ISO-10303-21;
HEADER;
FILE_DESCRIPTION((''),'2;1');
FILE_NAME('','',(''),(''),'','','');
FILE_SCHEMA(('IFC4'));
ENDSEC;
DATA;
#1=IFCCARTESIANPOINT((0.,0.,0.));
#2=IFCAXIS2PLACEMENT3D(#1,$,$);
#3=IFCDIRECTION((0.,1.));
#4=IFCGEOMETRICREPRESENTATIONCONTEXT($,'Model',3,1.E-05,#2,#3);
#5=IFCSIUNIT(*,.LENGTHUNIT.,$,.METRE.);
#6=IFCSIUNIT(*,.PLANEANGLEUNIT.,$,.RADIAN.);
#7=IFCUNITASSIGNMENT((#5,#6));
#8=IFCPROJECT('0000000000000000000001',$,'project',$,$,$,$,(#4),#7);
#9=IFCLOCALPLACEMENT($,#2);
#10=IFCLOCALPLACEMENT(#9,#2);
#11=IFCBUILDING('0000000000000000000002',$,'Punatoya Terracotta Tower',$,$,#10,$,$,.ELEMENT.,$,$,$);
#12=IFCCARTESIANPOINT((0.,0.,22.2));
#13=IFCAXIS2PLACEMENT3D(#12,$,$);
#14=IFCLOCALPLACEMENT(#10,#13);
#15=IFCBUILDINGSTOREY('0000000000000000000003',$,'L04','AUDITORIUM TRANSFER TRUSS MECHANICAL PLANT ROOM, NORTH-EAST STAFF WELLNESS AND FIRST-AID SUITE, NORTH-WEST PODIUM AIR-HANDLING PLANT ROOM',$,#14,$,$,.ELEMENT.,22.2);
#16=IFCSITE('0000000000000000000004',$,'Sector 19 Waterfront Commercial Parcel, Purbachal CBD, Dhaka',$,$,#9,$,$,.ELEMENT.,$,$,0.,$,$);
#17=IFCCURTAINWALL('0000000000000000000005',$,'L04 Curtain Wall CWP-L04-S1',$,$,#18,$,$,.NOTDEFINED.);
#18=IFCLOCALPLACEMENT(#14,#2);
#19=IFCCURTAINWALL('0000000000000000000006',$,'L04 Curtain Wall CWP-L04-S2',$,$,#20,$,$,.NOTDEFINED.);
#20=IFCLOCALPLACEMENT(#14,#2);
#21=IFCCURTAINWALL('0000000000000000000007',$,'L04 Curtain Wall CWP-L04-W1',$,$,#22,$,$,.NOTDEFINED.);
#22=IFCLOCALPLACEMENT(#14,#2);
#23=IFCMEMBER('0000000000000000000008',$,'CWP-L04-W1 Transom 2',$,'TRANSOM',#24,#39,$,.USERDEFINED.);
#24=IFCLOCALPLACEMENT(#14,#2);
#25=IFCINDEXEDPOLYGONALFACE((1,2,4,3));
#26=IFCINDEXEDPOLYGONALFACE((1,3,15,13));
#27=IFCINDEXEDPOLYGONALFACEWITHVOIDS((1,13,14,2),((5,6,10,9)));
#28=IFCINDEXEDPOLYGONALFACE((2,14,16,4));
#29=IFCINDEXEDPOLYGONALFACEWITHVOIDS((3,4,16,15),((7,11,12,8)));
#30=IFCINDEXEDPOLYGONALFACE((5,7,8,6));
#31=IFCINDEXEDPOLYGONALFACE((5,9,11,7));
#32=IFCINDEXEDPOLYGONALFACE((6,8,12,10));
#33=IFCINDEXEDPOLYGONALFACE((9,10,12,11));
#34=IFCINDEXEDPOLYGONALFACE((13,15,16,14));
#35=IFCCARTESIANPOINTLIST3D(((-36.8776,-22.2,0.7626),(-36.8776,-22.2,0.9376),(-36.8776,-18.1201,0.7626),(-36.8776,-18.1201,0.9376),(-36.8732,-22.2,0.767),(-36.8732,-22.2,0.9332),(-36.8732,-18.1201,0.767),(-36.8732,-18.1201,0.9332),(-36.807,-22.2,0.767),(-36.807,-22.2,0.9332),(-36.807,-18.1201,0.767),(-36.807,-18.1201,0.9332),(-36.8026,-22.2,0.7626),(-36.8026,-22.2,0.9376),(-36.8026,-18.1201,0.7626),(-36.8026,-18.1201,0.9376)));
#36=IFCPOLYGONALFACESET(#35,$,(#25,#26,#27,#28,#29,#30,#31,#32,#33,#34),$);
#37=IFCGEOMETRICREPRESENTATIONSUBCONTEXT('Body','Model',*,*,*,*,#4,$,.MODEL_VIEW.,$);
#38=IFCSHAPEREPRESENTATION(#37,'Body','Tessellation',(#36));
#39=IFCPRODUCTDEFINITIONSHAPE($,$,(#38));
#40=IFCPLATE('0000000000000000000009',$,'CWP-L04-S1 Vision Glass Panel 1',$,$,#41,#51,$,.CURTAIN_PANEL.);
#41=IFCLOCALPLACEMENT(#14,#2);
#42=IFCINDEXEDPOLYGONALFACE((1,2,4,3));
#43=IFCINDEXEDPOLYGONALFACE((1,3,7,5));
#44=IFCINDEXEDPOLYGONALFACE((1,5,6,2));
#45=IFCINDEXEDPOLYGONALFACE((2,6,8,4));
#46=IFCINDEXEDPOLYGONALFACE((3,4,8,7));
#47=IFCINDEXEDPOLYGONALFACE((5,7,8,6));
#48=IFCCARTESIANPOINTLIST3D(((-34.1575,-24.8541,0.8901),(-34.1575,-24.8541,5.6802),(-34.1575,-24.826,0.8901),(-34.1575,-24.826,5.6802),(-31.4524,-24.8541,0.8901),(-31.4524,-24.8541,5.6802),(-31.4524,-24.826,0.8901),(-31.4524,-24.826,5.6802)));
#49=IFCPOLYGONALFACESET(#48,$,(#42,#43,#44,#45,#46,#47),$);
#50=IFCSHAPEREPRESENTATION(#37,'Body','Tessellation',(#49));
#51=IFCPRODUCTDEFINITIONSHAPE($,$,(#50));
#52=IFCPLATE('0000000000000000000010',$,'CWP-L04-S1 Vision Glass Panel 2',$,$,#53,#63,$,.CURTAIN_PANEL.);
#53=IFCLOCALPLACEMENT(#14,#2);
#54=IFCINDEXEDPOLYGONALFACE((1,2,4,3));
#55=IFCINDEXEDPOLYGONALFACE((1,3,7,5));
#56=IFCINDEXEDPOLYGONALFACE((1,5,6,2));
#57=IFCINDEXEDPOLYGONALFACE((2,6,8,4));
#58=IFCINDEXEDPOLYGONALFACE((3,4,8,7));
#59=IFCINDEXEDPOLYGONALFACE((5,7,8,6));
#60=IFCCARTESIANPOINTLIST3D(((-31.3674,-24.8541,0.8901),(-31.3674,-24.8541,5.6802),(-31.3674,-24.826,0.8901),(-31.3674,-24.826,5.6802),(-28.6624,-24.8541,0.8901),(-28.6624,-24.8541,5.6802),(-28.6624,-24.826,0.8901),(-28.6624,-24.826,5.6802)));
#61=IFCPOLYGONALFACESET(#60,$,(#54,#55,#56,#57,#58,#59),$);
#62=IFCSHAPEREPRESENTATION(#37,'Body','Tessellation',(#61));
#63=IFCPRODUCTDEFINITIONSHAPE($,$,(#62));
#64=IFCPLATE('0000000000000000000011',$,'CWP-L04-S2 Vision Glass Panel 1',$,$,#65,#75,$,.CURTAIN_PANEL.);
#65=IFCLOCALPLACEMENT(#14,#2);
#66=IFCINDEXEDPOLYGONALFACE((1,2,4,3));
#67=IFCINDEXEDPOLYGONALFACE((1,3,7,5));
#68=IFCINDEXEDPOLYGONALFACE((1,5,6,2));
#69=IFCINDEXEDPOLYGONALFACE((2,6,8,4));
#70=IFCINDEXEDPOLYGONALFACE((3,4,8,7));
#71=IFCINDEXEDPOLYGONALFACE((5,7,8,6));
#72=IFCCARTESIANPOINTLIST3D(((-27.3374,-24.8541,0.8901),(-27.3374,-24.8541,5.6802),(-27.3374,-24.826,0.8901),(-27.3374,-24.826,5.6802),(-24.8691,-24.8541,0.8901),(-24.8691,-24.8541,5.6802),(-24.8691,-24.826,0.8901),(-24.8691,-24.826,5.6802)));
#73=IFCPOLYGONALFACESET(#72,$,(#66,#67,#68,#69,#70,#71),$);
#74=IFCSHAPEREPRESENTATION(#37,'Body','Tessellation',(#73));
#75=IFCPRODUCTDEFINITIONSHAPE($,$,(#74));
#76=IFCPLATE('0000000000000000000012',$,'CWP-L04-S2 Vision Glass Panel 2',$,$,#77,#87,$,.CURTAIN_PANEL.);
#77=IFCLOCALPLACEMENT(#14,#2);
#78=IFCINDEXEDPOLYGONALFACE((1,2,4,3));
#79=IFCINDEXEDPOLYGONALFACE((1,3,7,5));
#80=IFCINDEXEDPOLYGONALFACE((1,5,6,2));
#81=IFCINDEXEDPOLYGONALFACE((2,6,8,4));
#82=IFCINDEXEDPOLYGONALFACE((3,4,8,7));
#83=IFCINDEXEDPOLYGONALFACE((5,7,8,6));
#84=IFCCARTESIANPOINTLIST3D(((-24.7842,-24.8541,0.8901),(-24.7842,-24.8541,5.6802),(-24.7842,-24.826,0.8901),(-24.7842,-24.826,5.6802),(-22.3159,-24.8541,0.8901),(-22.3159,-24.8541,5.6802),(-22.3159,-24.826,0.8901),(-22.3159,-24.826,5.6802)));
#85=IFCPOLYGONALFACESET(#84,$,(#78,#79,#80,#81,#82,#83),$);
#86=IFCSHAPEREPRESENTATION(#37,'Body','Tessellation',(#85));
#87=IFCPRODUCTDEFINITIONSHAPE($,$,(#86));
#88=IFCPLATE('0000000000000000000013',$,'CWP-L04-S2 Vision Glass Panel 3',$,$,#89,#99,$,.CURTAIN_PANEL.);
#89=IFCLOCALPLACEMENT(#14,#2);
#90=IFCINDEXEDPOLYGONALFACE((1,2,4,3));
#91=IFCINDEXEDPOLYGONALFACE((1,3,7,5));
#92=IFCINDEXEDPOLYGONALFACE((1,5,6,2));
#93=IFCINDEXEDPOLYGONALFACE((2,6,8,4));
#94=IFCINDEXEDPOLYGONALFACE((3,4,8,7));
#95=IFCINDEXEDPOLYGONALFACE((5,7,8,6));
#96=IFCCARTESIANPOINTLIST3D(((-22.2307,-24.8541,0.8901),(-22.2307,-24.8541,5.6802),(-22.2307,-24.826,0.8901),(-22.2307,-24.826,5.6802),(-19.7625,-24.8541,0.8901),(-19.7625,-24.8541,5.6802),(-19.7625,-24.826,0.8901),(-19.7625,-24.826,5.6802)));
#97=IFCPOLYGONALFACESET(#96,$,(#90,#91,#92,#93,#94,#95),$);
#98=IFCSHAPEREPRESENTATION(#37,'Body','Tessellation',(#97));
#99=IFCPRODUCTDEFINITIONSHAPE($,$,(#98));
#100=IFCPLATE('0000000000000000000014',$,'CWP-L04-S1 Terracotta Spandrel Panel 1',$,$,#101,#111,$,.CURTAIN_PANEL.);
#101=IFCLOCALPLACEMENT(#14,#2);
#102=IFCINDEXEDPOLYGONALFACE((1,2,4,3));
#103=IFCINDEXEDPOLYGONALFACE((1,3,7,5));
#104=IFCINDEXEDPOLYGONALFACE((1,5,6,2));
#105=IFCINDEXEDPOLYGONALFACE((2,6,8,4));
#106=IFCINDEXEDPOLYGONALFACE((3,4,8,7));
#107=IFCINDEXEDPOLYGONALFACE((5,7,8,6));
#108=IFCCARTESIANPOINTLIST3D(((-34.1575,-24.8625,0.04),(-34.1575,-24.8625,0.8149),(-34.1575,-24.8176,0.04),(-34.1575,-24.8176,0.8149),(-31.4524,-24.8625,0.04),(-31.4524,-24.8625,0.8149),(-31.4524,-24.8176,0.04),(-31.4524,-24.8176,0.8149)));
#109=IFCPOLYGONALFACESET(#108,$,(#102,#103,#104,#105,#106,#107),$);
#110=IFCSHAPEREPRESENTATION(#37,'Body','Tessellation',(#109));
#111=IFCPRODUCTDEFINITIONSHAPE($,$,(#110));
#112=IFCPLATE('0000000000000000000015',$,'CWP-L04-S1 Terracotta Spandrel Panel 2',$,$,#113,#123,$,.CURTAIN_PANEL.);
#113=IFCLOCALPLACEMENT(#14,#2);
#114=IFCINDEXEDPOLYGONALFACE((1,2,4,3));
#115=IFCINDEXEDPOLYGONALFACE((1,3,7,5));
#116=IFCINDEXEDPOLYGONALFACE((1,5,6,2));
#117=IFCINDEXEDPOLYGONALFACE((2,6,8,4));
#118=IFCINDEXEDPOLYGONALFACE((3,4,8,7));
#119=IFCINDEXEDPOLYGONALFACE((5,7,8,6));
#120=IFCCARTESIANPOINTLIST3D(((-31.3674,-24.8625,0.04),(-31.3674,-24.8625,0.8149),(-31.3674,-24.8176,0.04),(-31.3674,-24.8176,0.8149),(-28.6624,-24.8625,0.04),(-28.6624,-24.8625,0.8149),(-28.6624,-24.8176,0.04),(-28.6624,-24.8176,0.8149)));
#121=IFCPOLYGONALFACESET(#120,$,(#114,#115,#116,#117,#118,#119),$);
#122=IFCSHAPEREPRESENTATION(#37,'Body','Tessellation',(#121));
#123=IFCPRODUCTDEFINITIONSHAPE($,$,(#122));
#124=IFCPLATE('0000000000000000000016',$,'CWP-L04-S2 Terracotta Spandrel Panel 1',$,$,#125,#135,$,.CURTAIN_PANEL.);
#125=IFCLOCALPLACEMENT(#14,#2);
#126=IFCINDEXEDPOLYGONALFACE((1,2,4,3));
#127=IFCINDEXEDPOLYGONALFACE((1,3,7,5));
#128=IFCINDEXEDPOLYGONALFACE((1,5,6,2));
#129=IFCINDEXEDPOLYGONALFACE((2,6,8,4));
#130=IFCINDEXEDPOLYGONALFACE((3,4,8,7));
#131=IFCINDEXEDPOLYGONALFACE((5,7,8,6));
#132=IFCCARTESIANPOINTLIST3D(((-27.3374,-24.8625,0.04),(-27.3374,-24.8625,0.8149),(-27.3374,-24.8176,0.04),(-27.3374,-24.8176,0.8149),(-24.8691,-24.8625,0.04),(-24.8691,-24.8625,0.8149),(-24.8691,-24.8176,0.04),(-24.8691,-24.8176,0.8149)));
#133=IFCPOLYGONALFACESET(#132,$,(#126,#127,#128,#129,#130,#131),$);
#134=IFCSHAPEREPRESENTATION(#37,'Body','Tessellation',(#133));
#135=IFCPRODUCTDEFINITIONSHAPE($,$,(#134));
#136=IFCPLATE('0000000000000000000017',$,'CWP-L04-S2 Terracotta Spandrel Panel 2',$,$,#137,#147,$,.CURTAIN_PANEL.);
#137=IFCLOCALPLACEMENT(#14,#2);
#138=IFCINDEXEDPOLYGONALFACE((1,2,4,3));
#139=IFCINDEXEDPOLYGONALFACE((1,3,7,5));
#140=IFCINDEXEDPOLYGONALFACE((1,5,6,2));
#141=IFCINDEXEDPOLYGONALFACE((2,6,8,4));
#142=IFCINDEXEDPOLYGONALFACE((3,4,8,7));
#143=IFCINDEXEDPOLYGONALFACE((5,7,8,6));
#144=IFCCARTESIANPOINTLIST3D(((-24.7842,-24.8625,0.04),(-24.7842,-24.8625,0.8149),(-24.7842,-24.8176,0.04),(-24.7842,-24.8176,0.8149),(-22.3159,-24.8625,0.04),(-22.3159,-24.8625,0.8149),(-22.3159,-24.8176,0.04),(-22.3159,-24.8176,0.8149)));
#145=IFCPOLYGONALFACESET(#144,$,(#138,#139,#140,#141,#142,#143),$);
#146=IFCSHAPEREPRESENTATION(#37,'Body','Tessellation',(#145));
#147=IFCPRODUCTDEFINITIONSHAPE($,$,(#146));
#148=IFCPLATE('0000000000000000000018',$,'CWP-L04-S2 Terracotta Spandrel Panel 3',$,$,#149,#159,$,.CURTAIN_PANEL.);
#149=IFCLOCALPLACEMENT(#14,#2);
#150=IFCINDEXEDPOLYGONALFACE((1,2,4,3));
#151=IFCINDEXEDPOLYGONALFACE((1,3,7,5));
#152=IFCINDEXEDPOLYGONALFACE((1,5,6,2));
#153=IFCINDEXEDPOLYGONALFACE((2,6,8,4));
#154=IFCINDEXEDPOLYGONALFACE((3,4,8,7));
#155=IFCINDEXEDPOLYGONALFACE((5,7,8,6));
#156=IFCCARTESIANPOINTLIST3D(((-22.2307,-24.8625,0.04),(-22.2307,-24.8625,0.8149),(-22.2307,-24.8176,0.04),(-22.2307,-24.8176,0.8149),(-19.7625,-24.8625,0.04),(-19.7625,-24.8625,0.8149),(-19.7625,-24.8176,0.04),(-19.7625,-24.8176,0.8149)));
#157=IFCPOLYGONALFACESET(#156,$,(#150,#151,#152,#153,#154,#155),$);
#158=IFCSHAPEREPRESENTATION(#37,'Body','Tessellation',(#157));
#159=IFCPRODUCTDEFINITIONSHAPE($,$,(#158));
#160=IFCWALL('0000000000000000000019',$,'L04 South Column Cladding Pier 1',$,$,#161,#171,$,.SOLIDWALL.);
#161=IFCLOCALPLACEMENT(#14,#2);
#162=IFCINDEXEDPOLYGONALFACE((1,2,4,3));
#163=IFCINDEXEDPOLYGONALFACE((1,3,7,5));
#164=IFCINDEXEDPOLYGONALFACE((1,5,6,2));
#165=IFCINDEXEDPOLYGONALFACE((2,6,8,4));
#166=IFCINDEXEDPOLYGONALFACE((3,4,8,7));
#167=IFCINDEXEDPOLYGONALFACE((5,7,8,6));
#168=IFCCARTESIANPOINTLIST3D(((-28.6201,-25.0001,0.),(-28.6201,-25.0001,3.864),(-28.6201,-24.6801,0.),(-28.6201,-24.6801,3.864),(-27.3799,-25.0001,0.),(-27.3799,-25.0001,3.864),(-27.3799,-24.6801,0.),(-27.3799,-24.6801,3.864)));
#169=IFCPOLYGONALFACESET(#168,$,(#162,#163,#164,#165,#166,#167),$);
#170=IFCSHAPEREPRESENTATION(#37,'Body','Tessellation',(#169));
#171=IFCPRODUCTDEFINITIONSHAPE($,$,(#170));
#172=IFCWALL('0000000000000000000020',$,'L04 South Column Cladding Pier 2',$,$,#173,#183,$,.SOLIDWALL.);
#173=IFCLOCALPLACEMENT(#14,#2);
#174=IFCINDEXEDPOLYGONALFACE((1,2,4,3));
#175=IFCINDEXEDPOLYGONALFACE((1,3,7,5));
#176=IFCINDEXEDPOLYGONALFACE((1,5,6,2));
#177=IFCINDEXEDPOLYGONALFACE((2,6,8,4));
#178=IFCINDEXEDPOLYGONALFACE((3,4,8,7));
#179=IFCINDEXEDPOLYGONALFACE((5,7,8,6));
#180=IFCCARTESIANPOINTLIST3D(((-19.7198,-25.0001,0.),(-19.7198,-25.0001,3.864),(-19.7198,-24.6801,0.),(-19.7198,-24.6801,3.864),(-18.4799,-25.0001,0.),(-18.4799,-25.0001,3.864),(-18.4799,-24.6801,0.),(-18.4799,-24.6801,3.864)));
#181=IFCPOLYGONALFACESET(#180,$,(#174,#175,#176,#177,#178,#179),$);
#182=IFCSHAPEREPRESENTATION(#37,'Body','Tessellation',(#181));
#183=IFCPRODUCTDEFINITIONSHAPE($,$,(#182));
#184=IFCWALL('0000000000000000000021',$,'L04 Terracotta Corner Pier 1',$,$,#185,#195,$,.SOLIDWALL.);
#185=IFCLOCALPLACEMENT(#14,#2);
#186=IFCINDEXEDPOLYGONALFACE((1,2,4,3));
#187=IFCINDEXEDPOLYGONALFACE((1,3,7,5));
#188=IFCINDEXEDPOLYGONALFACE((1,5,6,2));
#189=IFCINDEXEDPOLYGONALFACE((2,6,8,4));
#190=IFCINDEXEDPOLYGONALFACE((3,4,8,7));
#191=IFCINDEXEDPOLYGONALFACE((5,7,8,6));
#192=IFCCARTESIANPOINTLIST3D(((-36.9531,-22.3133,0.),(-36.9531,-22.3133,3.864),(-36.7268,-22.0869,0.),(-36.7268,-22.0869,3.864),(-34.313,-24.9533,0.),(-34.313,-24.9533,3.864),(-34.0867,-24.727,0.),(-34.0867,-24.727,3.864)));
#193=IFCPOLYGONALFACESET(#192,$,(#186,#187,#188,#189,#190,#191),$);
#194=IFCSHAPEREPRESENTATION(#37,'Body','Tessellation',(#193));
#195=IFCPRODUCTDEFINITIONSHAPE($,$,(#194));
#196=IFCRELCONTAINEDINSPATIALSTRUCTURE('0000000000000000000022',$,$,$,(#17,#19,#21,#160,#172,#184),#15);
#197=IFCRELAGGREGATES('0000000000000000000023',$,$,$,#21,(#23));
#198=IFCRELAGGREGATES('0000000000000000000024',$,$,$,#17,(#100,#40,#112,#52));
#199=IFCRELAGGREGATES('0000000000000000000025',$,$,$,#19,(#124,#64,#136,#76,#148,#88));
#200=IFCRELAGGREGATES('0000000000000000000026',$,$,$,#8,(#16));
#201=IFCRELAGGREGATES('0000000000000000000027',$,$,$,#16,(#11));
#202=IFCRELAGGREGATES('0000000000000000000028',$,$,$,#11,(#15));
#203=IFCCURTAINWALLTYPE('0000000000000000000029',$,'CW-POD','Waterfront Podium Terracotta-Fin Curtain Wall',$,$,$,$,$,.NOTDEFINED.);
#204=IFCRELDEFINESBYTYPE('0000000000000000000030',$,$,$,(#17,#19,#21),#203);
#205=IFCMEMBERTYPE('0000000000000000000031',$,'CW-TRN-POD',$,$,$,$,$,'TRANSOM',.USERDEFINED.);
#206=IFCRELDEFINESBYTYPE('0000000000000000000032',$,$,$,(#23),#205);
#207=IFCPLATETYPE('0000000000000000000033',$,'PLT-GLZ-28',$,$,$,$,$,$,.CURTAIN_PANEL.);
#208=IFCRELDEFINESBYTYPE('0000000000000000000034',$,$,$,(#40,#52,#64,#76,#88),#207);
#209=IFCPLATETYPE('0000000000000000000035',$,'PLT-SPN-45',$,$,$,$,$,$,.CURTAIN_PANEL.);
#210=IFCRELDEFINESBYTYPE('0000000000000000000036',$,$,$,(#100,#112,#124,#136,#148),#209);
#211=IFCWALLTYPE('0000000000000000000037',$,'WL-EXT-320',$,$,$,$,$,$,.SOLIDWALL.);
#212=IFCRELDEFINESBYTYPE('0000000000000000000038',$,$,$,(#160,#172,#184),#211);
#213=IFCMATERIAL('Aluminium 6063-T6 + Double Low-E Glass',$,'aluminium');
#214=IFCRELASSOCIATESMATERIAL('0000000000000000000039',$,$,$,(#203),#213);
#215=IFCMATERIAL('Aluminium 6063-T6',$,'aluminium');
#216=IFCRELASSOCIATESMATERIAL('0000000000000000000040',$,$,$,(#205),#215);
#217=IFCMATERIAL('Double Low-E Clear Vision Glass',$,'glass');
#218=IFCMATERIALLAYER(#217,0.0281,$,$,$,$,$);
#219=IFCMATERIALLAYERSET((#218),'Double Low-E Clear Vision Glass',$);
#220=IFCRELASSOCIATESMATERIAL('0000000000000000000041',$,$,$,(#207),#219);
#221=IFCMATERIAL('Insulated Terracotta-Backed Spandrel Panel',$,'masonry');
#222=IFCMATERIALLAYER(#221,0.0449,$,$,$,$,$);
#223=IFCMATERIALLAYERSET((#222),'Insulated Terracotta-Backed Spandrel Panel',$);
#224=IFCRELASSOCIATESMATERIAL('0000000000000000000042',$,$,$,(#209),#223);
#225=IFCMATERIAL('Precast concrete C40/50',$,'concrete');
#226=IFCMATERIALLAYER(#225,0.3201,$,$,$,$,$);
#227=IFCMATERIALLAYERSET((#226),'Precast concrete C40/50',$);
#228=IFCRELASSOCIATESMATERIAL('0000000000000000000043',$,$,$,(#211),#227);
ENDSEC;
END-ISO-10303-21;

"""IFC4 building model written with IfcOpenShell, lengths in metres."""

from ifc_helpers import new_model, si_unit, direction, frame, frame_2d, origin, origin_2d, place, context, subcontext, project, spatial, rectangle, hollow_rectangle, extrude, material, layer, layer_set, material_profile, profile_set, type_object, element, aggregate, save


model = new_model("IFC4")

# Units and contexts
model_context = context("Model", 3, precision=1e-05, world=origin(), true_north=direction((0.0, 1.0)))
body_context = subcontext(model_context, "Body", "Model", "MODEL_VIEW")
ifc_project = project(units=[si_unit("LENGTHUNIT", "METRE"), si_unit("PLANEANGLEUNIT", "RADIAN")], contexts=[model_context])

# Site, building, storey
site_placement = place(None, origin())
site = spatial("IfcSite", under=ifc_project, at=site_placement, Name="Sector 19 Waterfront Commercial Parcel, Purbachal CBD, Dhaka", CompositionType="ELEMENT", RefElevation=0.0)
building_placement = place(site_placement, origin())
building = spatial("IfcBuilding", under=site, at=building_placement, Name="Punatoya Terracotta Tower", CompositionType="ELEMENT")
storey_placement = place(building_placement, frame((0.0, 0.0, 22.2)))
storey = spatial("IfcBuildingStorey", under=building, at=storey_placement, Name="L04", Description="AUDITORIUM TRANSFER TRUSS MECHANICAL PLANT ROOM, NORTH-EAST STAFF WELLNESS AND FIRST-AID SUITE, NORTH-WEST PODIUM AIR-HANDLING PLANT ROOM", CompositionType="ELEMENT", Elevation=22.2)

# Curtain walls
ifc_material_1 = material(Name="Aluminium 6063-T6 + Double Low-E Glass", Category="aluminium")
curtain_wall_type = type_object("IfcCurtainWallType", Name="CW-POD", Description="Waterfront Podium Terracotta-Fin Curtain Wall", PredefinedType="NOTDEFINED", material=ifc_material_1)
curtain_wall_1_placement = place(storey_placement, origin())
curtain_wall_1 = element("IfcCurtainWall", 1, at=curtain_wall_1_placement, inside=storey, type_object=curtain_wall_type, Name="L04 Curtain Wall CWP-L04-S1", PredefinedType="NOTDEFINED")
ifc_material_2 = material(Name="Aluminium 6063-T6", Category="aluminium")
curtain_wall_2_placement = place(storey_placement, origin())
curtain_wall_2 = element("IfcCurtainWall", 2, at=curtain_wall_2_placement, inside=storey, type_object=curtain_wall_type, Name="L04 Curtain Wall CWP-L04-S2", PredefinedType="NOTDEFINED")

# Shared definitions
ifc_material_profile_1 = material_profile(ifc_material_2, hollow_rectangle(XDim=0.075, YDim=0.175, WallThickness=0.0044, at=origin_2d()))
ifc_profile_set_1 = profile_set([ifc_material_profile_1], Name="Aluminium 6063-T6")
member_type_1 = type_object("IfcMemberType", Name="CW-TRN-POD", ElementType="TRANSOM", PredefinedType="USERDEFINED", material=ifc_profile_set_1)

# Curtain wall, member
curtain_wall_3_placement = place(storey_placement, origin())
curtain_wall_3 = element("IfcCurtainWall", 3, at=curtain_wall_3_placement, inside=storey, type_object=curtain_wall_type, Name="L04 Curtain Wall CWP-L04-W1", PredefinedType="NOTDEFINED")
member_1_placement = place(storey_placement, frame((-36.8401, -22.2, 0.8501), z_axis=(0.0, 1.0, 0.0), x_axis=(-1.0, 0.0, 0.0)))
member_1 = element("IfcMember", 4, at=member_1_placement, type_object=member_type_1, Name="CWP-L04-W1 Transom 2", ObjectType="TRANSOM", PredefinedType="USERDEFINED", context=body_context, shape_type="SweptSolid", body=[
    extrude(hollow_rectangle(XDim=0.075, YDim=0.175, WallThickness=0.0044, at=origin_2d()), origin(), (0.0, 0.0, 1.0), 4.0798),
])
aggregate(curtain_wall_3, [member_1])

# Plates
ifc_material_3 = material(Name="Double Low-E Clear Vision Glass", Category="glass")
ifc_layer_1 = layer(ifc_material_3, 0.0281)
ifc_layer_set_1 = layer_set([ifc_layer_1], Name="Double Low-E Clear Vision Glass")
plate_type_1 = type_object("IfcPlateType", Name="PLT-GLZ-28", PredefinedType="CURTAIN_PANEL", material=ifc_layer_set_1)
plate_1_placement = place(storey_placement, frame((-32.8049, -24.8401, 0.8901), z_axis=(0.0, 0.0, 1.0), x_axis=(1.0, 0.0, 0.0)))
plate_1 = element("IfcPlate", 5, at=plate_1_placement, type_object=plate_type_1, Name="CWP-L04-S1 Vision Glass Panel 1", PredefinedType="CURTAIN_PANEL", context=body_context, shape_type="SweptSolid", body=[
    extrude(rectangle(XDim=2.7051, YDim=0.0281, at=origin_2d()), origin(), (0.0, 0.0, 1.0), 4.79),
])
plate_2_placement = place(storey_placement, frame((-30.0149, -24.8401, 0.8901), z_axis=(0.0, 0.0, 1.0), x_axis=(1.0, 0.0, 0.0)))
plate_2 = element("IfcPlate", 6, at=plate_2_placement, type_object=plate_type_1, Name="CWP-L04-S1 Vision Glass Panel 2", PredefinedType="CURTAIN_PANEL", context=body_context, shape_type="SweptSolid", body=[
    extrude(rectangle(XDim=2.7051, YDim=0.0281, at=origin_2d()), origin(), (0.0, 0.0, 1.0), 4.79),
])
plate_3_placement = place(storey_placement, frame((-26.1033, -24.8401, 0.8901), z_axis=(0.0, 0.0, 1.0), x_axis=(1.0, 0.0, 0.0)))
plate_3 = element("IfcPlate", 7, at=plate_3_placement, type_object=plate_type_1, Name="CWP-L04-S2 Vision Glass Panel 1", PredefinedType="CURTAIN_PANEL", context=body_context, shape_type="SweptSolid", body=[
    extrude(rectangle(XDim=2.4683, YDim=0.0281, at=origin_2d()), origin(), (0.0, 0.0, 1.0), 4.79),
])
plate_4_placement = place(storey_placement, frame((-23.55, -24.8401, 0.8901), z_axis=(0.0, 0.0, 1.0), x_axis=(1.0, 0.0, 0.0)))
plate_4 = element("IfcPlate", 8, at=plate_4_placement, type_object=plate_type_1, Name="CWP-L04-S2 Vision Glass Panel 2", PredefinedType="CURTAIN_PANEL", context=body_context, shape_type="SweptSolid", body=[
    extrude(rectangle(XDim=2.4683, YDim=0.0281, at=origin_2d()), origin(), (0.0, 0.0, 1.0), 4.79),
])
plate_5_placement = place(storey_placement, frame((-20.9966, -24.8401, 0.8901), z_axis=(0.0, 0.0, 1.0), x_axis=(1.0, 0.0, 0.0)))
plate_5 = element("IfcPlate", 9, at=plate_5_placement, type_object=plate_type_1, Name="CWP-L04-S2 Vision Glass Panel 3", PredefinedType="CURTAIN_PANEL", context=body_context, shape_type="SweptSolid", body=[
    extrude(rectangle(XDim=2.4683, YDim=0.0281, at=origin_2d()), origin(), (0.0, 0.0, 1.0), 4.79),
])
ifc_material_4 = material(Name="Insulated Terracotta-Backed Spandrel Panel", Category="masonry")
ifc_layer_2 = layer(ifc_material_4, 0.0449)
ifc_layer_set_2 = layer_set([ifc_layer_2], Name="Insulated Terracotta-Backed Spandrel Panel")
plate_type_2 = type_object("IfcPlateType", Name="PLT-SPN-45", PredefinedType="CURTAIN_PANEL", material=ifc_layer_set_2)
plate_6_placement = place(storey_placement, frame((-32.8049, -24.8401, 0.04), z_axis=(0.0, 0.0, 1.0), x_axis=(1.0, 0.0, 0.0)))
plate_6 = element("IfcPlate", 10, at=plate_6_placement, type_object=plate_type_2, Name="CWP-L04-S1 Terracotta Spandrel Panel 1", PredefinedType="CURTAIN_PANEL", context=body_context, shape_type="SweptSolid", body=[
    extrude(rectangle(XDim=2.7051, YDim=0.0449, at=origin_2d()), origin(), (0.0, 0.0, 1.0), 0.7749),
])
plate_7_placement = place(storey_placement, frame((-30.0149, -24.8401, 0.04), z_axis=(0.0, 0.0, 1.0), x_axis=(1.0, 0.0, 0.0)))
plate_7 = element("IfcPlate", 11, at=plate_7_placement, type_object=plate_type_2, Name="CWP-L04-S1 Terracotta Spandrel Panel 2", PredefinedType="CURTAIN_PANEL", context=body_context, shape_type="SweptSolid", body=[
    extrude(rectangle(XDim=2.7051, YDim=0.0449, at=origin_2d()), origin(), (0.0, 0.0, 1.0), 0.7749),
])
aggregate(curtain_wall_1, [plate_6, plate_1, plate_7, plate_2])
plate_8_placement = place(storey_placement, frame((-26.1033, -24.8401, 0.04), z_axis=(0.0, 0.0, 1.0), x_axis=(1.0, 0.0, 0.0)))
plate_8 = element("IfcPlate", 12, at=plate_8_placement, type_object=plate_type_2, Name="CWP-L04-S2 Terracotta Spandrel Panel 1", PredefinedType="CURTAIN_PANEL", context=body_context, shape_type="SweptSolid", body=[
    extrude(rectangle(XDim=2.4683, YDim=0.0449, at=origin_2d()), origin(), (0.0, 0.0, 1.0), 0.7749),
])
plate_9_placement = place(storey_placement, frame((-23.55, -24.8401, 0.04), z_axis=(0.0, 0.0, 1.0), x_axis=(1.0, 0.0, 0.0)))
plate_9 = element("IfcPlate", 13, at=plate_9_placement, type_object=plate_type_2, Name="CWP-L04-S2 Terracotta Spandrel Panel 2", PredefinedType="CURTAIN_PANEL", context=body_context, shape_type="SweptSolid", body=[
    extrude(rectangle(XDim=2.4683, YDim=0.0449, at=origin_2d()), origin(), (0.0, 0.0, 1.0), 0.7749),
])
plate_10_placement = place(storey_placement, frame((-20.9966, -24.8401, 0.04), z_axis=(0.0, 0.0, 1.0), x_axis=(1.0, 0.0, 0.0)))
plate_10 = element("IfcPlate", 14, at=plate_10_placement, type_object=plate_type_2, Name="CWP-L04-S2 Terracotta Spandrel Panel 3", PredefinedType="CURTAIN_PANEL", context=body_context, shape_type="SweptSolid", body=[
    extrude(rectangle(XDim=2.4683, YDim=0.0449, at=origin_2d()), origin(), (0.0, 0.0, 1.0), 0.7749),
])
aggregate(curtain_wall_2, [plate_8, plate_3, plate_9, plate_4, plate_10, plate_5])

# Walls
ifc_material_5 = material(Name="Precast concrete C40/50", Category="concrete")
ifc_layer_3 = layer(ifc_material_5, 0.3201)
ifc_layer_set_3 = layer_set([ifc_layer_3], Name="Precast concrete C40/50")
wall_type = type_object("IfcWallType", Name="WL-EXT-320", PredefinedType="SOLIDWALL", material=ifc_layer_set_3)
wall_1_placement = place(storey_placement, frame((-28.6201, -24.8401, 0.0), z_axis=(0.0, 0.0, 1.0), x_axis=(1.0, 0.0, 0.0)))
element("IfcWall", 15, at=wall_1_placement, inside=storey, type_object=wall_type, Name="L04 South Column Cladding Pier 1", PredefinedType="SOLIDWALL", context=body_context, shape_type="SweptSolid", body=[
    extrude(rectangle(XDim=1.2402, YDim=0.3201, at=frame_2d((0.6201, 0.0))), origin(), (0.0, 0.0, 1.0), 3.864),
])
wall_2_placement = place(storey_placement, frame((-19.72, -24.8401, 0.0), z_axis=(0.0, 0.0, 1.0), x_axis=(1.0, 0.0, 0.0)))
element("IfcWall", 16, at=wall_2_placement, inside=storey, type_object=wall_type, Name="L04 South Column Cladding Pier 2", PredefinedType="SOLIDWALL", context=body_context, shape_type="SweptSolid", body=[
    extrude(rectangle(XDim=1.24, YDim=0.3201, at=frame_2d((0.6201, 0.0))), origin(), (0.0, 0.0, 1.0), 3.864),
])
wall_3_placement = place(storey_placement, frame((-34.2, -24.8401, 0.0), z_axis=(0.0, 0.0, 1.0), x_axis=(-0.707107, 0.707107, 0.0)))
element("IfcWall", 17, at=wall_3_placement, inside=storey, type_object=wall_type, Name="L04 Terracotta Corner Pier 1", PredefinedType="SOLIDWALL", context=body_context, shape_type="SweptSolid", body=[
    extrude(rectangle(XDim=3.7336, YDim=0.3201, at=frame_2d((1.8667, 0.0))), origin(), (0.0, 0.0, 1.0), 3.864),
])

save(model, "model.ifc")
